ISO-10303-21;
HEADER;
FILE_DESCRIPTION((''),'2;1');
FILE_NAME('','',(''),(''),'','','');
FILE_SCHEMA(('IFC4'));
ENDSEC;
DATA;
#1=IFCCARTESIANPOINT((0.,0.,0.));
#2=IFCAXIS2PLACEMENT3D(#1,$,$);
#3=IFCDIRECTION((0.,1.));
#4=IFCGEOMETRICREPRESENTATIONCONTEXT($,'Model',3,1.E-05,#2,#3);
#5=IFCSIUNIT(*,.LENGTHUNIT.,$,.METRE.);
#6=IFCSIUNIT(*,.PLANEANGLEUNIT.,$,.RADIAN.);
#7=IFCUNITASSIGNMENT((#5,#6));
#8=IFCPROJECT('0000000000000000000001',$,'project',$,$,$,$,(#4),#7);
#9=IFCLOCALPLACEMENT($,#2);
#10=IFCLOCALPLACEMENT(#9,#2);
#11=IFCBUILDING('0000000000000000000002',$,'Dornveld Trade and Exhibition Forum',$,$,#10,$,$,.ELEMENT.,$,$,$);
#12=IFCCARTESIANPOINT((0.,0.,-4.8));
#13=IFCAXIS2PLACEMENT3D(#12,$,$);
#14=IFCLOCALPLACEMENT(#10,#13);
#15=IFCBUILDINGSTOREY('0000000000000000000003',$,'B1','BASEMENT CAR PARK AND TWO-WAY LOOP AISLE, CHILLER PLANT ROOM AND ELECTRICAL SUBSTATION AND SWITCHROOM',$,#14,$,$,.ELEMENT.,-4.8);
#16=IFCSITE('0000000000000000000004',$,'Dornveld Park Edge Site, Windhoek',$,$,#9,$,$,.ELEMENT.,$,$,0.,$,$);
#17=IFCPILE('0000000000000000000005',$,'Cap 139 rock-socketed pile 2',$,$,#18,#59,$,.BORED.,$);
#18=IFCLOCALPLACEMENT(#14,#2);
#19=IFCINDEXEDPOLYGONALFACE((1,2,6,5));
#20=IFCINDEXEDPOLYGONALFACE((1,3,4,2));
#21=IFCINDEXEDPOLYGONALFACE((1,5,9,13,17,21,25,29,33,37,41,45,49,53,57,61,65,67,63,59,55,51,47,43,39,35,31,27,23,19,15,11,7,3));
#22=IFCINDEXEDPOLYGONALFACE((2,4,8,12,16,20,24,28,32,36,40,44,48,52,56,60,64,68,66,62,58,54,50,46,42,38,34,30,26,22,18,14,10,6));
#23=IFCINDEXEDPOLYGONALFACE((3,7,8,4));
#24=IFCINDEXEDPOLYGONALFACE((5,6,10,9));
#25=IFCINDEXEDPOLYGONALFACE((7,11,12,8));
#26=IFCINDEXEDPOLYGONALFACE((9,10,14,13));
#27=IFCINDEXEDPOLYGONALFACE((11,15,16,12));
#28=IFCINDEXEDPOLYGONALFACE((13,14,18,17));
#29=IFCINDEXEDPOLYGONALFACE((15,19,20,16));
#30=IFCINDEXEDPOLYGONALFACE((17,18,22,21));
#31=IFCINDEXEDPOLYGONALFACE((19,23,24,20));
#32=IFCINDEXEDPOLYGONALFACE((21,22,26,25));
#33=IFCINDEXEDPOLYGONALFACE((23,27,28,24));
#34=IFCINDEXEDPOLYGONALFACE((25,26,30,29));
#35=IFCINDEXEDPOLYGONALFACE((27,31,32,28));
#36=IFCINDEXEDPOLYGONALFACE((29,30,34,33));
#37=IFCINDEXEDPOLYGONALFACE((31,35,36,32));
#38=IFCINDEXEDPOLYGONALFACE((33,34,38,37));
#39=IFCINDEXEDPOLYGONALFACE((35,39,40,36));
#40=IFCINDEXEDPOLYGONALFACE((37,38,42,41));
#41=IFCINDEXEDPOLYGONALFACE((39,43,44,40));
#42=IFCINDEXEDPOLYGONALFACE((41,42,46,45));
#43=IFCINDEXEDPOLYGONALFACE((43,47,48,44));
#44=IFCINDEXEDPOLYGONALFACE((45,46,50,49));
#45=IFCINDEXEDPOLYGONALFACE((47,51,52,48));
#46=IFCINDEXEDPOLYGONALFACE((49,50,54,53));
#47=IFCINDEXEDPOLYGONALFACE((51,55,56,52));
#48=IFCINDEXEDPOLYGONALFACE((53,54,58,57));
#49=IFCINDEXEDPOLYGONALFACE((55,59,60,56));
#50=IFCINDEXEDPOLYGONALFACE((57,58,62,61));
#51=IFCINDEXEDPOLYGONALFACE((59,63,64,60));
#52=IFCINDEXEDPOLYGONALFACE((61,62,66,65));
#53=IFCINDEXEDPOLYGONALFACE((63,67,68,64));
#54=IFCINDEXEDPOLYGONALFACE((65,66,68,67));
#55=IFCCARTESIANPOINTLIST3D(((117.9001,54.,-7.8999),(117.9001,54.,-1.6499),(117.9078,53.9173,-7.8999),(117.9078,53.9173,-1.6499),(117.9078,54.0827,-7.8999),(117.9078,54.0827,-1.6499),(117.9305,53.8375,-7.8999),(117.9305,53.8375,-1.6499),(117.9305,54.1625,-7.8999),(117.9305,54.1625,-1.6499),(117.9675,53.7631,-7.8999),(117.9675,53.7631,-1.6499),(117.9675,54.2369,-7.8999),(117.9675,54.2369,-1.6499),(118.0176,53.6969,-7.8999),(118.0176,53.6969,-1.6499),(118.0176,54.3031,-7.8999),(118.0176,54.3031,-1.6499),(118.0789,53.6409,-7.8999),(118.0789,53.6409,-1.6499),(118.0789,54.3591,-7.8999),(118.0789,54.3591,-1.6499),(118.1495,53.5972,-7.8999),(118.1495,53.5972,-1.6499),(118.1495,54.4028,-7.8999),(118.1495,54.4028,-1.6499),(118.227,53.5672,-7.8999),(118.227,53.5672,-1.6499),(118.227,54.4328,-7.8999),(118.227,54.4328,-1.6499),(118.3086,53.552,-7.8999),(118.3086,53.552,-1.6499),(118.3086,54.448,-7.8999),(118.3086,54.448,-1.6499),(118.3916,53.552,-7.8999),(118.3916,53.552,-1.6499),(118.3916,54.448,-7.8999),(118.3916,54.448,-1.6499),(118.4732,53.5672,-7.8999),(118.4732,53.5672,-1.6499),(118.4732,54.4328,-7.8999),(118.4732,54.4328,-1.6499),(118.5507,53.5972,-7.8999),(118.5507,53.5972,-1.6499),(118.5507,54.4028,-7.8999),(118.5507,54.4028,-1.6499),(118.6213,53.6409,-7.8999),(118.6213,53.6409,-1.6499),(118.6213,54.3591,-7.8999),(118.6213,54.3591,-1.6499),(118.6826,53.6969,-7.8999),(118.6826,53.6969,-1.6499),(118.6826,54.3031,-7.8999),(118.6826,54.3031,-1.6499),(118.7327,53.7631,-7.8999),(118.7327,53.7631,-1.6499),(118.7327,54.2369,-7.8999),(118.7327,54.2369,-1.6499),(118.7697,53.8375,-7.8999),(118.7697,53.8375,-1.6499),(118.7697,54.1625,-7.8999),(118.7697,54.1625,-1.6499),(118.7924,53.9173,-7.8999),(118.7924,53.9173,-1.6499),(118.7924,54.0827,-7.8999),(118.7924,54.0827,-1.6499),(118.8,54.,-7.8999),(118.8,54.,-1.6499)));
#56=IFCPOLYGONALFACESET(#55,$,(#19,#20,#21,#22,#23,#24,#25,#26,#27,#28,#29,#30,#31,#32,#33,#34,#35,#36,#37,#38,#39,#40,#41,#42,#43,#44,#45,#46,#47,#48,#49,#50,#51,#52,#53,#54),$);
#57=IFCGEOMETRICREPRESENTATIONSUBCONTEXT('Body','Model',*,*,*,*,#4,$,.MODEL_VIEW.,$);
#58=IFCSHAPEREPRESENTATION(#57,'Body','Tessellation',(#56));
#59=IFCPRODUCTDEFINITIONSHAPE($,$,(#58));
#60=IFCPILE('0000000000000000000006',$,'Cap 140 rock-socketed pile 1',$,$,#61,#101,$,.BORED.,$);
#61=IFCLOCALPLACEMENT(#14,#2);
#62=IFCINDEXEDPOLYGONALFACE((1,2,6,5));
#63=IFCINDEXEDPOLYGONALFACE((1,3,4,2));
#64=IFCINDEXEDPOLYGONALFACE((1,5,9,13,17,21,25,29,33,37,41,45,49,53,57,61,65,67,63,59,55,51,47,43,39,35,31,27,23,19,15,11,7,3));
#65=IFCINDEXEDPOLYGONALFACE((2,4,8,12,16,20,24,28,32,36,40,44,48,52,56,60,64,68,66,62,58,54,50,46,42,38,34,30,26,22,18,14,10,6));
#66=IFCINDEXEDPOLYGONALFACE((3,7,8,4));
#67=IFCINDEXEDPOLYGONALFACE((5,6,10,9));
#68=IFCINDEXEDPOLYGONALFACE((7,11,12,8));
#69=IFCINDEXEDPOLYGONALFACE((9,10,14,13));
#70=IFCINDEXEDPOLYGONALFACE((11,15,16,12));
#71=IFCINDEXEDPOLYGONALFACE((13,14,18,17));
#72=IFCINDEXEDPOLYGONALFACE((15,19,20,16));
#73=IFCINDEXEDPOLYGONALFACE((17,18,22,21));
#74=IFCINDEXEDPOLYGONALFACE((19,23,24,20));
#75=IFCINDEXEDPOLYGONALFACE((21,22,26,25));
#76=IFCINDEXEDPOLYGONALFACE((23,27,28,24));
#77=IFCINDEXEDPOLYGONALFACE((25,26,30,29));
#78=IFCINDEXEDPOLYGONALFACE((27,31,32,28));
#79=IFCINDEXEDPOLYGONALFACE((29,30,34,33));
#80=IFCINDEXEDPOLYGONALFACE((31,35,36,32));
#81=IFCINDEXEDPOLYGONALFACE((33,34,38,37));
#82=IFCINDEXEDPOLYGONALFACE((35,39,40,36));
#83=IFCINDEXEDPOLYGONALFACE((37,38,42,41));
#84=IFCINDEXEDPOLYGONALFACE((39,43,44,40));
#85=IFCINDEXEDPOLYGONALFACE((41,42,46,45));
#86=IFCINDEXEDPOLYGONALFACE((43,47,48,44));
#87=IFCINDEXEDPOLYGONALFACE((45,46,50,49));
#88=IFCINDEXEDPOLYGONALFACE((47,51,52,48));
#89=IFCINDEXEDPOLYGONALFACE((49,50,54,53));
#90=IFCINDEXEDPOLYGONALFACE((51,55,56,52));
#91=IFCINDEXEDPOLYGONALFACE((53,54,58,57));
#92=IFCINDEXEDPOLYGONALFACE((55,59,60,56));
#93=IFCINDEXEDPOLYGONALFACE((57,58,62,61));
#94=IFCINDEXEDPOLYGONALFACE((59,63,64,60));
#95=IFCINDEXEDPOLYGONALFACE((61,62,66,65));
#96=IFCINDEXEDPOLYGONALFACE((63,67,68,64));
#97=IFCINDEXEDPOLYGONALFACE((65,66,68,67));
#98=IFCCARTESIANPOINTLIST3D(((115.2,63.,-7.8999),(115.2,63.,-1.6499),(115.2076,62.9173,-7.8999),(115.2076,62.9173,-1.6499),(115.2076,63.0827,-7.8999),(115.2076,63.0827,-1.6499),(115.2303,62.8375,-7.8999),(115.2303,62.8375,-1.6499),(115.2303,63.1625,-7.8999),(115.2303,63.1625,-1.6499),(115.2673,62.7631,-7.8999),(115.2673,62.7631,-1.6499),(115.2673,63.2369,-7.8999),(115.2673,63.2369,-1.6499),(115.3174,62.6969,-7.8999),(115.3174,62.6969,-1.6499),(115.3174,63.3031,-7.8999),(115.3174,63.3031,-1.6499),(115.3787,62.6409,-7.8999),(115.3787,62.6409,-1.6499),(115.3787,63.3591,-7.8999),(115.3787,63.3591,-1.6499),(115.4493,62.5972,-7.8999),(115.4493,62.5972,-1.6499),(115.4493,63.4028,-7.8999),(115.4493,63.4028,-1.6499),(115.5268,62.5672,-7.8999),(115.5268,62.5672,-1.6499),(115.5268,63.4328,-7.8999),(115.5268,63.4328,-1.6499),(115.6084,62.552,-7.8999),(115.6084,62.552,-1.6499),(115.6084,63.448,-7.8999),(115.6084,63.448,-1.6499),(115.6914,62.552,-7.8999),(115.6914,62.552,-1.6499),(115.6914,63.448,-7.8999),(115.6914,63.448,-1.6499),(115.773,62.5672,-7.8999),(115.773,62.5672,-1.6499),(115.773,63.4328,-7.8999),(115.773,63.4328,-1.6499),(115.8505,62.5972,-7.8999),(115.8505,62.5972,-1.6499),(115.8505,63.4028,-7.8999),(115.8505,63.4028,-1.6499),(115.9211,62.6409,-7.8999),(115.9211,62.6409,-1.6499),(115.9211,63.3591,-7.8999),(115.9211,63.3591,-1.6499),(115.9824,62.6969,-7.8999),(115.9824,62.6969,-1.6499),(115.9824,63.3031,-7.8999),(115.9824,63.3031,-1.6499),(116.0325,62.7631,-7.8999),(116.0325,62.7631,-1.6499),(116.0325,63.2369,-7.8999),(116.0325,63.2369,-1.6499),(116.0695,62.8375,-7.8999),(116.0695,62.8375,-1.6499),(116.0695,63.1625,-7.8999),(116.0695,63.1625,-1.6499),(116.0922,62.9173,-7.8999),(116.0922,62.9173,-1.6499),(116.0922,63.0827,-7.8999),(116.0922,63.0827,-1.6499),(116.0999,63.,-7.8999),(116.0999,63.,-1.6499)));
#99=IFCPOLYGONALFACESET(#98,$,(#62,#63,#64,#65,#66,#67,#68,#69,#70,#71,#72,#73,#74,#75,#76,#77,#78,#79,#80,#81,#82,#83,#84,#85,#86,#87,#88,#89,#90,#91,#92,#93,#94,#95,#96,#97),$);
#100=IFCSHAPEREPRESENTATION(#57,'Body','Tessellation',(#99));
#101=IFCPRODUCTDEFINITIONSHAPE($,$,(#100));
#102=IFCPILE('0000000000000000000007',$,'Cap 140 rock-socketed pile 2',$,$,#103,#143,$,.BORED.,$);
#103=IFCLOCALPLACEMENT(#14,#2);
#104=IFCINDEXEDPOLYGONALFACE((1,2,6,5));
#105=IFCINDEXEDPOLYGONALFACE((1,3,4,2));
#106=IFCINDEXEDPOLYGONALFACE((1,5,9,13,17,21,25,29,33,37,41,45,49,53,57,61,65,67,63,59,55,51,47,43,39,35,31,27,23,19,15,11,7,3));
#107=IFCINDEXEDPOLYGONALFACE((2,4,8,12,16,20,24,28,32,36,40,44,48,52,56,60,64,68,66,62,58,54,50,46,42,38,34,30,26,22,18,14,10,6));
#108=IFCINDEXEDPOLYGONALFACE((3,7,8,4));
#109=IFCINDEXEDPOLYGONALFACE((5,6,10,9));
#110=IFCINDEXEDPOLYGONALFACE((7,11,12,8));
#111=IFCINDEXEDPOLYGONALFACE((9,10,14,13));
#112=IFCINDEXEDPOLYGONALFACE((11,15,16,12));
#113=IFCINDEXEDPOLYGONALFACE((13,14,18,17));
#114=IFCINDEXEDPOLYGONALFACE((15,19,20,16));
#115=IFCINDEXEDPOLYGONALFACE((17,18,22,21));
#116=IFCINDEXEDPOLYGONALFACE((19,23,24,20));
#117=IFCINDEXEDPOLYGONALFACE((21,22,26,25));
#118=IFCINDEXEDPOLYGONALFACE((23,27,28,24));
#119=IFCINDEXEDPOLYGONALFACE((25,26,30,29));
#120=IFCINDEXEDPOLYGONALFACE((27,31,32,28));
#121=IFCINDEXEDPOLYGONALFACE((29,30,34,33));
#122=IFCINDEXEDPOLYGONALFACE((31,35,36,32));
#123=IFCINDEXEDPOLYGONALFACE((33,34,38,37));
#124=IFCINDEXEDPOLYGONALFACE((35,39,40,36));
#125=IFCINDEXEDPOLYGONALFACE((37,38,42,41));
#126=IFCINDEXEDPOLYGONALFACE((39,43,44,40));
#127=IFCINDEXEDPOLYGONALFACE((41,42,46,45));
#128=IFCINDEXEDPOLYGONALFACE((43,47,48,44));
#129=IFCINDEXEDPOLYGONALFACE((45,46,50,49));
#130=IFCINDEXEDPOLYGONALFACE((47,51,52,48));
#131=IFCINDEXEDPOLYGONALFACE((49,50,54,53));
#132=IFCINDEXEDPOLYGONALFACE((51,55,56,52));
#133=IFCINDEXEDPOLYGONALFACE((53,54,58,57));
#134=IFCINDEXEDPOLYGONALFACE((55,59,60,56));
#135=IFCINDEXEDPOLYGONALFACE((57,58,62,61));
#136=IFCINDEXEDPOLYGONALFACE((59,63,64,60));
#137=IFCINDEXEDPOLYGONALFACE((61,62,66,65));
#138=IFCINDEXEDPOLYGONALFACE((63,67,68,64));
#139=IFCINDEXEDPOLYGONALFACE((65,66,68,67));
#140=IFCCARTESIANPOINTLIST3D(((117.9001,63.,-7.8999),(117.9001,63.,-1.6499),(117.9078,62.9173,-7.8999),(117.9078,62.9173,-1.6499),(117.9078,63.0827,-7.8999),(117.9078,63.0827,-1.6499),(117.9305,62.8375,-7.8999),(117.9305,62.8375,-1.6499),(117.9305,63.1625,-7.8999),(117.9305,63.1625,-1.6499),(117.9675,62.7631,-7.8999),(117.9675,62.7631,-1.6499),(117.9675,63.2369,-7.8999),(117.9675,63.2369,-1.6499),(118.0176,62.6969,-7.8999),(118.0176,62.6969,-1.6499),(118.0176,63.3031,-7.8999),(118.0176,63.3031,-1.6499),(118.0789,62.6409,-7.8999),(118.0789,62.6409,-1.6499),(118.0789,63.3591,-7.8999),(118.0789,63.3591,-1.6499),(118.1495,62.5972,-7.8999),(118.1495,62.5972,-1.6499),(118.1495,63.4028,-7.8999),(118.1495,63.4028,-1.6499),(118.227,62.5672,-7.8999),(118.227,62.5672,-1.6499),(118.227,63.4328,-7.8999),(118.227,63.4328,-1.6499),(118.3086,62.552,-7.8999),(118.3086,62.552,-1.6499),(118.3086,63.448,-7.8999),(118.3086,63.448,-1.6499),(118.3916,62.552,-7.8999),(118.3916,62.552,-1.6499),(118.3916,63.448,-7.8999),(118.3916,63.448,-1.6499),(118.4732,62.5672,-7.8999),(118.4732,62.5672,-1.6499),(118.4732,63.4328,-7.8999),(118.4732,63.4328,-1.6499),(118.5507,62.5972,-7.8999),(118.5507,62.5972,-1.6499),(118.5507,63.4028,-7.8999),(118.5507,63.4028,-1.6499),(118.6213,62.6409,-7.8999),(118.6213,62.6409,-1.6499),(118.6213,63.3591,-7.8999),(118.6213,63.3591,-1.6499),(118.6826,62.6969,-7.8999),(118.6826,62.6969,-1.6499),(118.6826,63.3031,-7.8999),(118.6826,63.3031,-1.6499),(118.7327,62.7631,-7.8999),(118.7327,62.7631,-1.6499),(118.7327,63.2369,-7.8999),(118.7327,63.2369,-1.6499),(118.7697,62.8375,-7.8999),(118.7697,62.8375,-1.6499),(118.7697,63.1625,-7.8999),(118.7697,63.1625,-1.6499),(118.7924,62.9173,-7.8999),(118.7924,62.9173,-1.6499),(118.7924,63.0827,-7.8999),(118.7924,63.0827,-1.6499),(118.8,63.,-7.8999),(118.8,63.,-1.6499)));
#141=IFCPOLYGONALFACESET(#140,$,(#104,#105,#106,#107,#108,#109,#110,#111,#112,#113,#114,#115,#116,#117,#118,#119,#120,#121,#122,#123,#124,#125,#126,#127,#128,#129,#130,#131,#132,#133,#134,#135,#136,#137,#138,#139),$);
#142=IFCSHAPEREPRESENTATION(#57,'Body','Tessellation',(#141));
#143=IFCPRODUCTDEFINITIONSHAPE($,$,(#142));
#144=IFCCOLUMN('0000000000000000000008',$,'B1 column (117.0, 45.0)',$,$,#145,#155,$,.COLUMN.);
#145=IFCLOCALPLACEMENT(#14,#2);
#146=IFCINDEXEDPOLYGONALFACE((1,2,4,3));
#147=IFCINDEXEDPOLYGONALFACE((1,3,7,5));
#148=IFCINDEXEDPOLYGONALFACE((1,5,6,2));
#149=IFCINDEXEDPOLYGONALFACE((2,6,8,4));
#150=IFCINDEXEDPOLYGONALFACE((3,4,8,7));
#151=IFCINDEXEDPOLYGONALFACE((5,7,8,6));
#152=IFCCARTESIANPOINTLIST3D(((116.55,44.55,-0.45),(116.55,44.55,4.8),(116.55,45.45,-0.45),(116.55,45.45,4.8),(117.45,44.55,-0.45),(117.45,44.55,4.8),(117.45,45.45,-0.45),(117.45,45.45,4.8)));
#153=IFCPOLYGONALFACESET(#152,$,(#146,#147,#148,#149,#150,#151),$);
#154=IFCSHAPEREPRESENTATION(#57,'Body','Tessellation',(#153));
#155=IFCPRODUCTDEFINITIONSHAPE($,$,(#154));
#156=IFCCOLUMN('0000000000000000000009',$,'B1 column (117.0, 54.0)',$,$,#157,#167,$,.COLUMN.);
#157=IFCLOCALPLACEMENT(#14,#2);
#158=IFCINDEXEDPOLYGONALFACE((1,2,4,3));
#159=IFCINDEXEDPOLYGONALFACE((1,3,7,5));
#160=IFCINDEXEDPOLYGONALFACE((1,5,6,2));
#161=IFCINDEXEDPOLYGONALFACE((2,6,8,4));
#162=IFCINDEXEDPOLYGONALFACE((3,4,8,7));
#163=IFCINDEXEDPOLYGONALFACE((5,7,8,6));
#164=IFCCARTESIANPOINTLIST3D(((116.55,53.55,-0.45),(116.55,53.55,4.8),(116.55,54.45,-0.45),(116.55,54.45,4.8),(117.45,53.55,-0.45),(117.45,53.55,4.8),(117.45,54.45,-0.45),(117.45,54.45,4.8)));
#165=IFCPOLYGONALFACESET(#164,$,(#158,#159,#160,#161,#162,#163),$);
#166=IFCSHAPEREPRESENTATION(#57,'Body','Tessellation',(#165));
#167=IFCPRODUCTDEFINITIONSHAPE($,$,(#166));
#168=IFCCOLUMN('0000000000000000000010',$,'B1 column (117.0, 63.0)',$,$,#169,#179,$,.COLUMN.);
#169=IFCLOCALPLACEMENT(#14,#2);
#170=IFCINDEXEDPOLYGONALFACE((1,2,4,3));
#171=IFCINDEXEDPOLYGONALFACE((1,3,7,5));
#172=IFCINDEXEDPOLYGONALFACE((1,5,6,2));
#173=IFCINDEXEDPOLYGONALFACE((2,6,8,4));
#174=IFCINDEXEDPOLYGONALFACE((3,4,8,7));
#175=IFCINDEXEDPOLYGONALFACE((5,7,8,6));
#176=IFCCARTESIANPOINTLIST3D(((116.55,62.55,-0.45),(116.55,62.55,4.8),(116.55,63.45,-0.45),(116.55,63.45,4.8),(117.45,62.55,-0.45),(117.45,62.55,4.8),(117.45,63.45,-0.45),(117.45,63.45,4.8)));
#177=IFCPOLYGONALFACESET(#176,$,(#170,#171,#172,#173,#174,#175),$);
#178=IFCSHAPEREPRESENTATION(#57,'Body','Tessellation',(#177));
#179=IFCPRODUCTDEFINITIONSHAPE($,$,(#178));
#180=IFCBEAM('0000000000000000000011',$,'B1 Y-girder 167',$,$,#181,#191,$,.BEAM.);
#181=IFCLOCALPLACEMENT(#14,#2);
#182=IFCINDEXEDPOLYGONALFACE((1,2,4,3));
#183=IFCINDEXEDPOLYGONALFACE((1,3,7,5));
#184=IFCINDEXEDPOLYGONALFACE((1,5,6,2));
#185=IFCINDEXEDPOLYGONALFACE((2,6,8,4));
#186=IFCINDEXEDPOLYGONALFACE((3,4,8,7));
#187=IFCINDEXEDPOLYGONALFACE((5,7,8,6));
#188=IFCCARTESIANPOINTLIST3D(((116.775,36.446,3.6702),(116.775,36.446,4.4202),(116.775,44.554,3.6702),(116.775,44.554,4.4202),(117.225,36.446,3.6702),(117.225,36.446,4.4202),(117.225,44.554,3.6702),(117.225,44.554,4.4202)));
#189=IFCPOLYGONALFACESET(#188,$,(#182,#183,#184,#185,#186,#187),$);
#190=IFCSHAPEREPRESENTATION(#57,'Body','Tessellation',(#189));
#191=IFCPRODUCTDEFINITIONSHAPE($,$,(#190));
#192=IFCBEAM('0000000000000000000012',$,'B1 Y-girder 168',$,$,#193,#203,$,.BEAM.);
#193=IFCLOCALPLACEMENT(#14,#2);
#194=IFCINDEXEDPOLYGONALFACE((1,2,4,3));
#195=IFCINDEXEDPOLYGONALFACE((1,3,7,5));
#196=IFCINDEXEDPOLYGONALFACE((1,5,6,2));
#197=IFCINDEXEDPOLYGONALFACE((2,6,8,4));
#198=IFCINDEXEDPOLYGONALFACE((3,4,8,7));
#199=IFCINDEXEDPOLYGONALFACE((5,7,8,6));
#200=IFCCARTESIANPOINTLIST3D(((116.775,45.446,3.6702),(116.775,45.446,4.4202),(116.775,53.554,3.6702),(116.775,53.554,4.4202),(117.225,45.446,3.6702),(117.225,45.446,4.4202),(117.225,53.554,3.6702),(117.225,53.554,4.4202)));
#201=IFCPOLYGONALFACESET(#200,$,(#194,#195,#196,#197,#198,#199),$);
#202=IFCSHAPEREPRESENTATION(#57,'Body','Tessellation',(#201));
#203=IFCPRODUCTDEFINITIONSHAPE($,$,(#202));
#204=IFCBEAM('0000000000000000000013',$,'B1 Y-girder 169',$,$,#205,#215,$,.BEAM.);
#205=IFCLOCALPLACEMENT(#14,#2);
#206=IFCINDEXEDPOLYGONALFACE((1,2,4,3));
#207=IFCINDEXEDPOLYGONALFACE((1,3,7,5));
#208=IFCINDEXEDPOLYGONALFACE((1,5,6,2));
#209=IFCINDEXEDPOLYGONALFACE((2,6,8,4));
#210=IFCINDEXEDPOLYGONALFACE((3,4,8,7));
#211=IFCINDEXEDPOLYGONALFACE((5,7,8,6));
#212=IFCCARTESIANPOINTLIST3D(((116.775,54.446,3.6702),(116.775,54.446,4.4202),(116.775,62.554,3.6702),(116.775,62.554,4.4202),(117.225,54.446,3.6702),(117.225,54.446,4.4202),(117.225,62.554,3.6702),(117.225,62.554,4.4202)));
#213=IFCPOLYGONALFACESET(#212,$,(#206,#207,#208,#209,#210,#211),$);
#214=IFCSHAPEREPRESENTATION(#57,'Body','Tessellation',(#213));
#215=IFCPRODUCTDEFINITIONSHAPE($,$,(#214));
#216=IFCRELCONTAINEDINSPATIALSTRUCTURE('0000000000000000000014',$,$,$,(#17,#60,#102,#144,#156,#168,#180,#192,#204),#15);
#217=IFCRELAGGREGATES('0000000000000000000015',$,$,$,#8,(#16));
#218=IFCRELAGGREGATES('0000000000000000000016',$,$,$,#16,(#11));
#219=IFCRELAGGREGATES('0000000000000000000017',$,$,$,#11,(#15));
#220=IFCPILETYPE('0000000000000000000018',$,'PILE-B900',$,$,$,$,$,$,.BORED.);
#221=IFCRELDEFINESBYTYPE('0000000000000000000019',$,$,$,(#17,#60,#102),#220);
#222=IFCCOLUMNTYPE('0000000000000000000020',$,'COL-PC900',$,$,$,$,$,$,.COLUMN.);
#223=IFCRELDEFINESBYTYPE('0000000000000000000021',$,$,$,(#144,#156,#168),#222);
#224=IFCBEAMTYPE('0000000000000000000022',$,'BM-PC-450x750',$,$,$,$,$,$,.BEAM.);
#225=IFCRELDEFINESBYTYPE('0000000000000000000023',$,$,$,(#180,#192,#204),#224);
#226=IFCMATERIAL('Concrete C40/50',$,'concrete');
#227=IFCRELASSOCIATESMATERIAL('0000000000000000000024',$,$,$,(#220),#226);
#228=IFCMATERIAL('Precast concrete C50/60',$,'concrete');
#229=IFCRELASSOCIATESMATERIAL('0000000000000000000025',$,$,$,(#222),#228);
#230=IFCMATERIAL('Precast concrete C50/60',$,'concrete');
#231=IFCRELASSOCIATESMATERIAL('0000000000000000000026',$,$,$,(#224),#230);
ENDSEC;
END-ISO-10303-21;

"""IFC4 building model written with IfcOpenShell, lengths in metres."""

from ifc_helpers import new_model, si_unit, direction, frame, origin, origin_2d, place, context, subcontext, project, spatial, rectangle, circle, extrude, material, material_profile, profile_set, type_object, element, save


model = new_model("IFC4")

# Units and contexts
model_context = context("Model", 3, precision=1e-05, world=origin(), true_north=direction((0.0, 1.0)))
body_context = subcontext(model_context, "Body", "Model", "MODEL_VIEW")
ifc_project = project(units=[si_unit("LENGTHUNIT", "METRE"), si_unit("PLANEANGLEUNIT", "RADIAN")], contexts=[model_context])

# Site, building, storey
site_placement = place(None, origin())
site = spatial("IfcSite", under=ifc_project, at=site_placement, Name="Dornveld Park Edge Site, Windhoek", CompositionType="ELEMENT", RefElevation=0.0)
building_placement = place(site_placement, origin())
building = spatial("IfcBuilding", under=site, at=building_placement, Name="Dornveld Trade and Exhibition Forum", CompositionType="ELEMENT")
storey_placement = place(building_placement, frame((0.0, 0.0, -4.8)))
storey = spatial("IfcBuildingStorey", under=building, at=storey_placement, Name="B1", Description="BASEMENT CAR PARK AND TWO-WAY LOOP AISLE, CHILLER PLANT ROOM AND ELECTRICAL SUBSTATION AND SWITCHROOM", CompositionType="ELEMENT", Elevation=-4.8)

# Piles
ifc_material_1 = material(Name="Concrete C40/50", Category="concrete")
ifc_material_profile_1 = material_profile(ifc_material_1, circle(Radius=0.45, at=origin_2d()), Name="PILE D900")
ifc_profile_set_1 = profile_set([ifc_material_profile_1], Name="Concrete C40/50")
pile_type_1 = type_object("IfcPileType", Name="PILE-B900", PredefinedType="BORED", material=ifc_profile_set_1)
for number, where, z_axis, x_axis, name in (
    (1, (118.3501, 54.0, -1.6499), (0.0, 0.0, -1.0), (1.0, 0.0, 0.0), "Cap 139 rock-socketed pile 2"),
    (2, (115.6499, 63.0, -1.6499), (0.0, 0.0, -1.0), (1.0, 0.0, 0.0), "Cap 140 rock-socketed pile 1"),
    (3, (118.3501, 63.0, -1.6499), (0.0, 0.0, -1.0), (1.0, 0.0, 0.0), "Cap 140 rock-socketed pile 2"),
):
    element("IfcPile", number, at=place(storey_placement, frame(where, z_axis=z_axis, x_axis=x_axis)), inside=storey, type_object=pile_type_1, Name=name, PredefinedType="BORED", context=body_context, shape_type="SweptSolid", body=[
        extrude(circle(Radius=0.45, at=origin_2d()), origin(), (0.0, 0.0, 1.0), 6.25),
    ])

# Columns
ifc_material_2 = material(Name="Precast concrete C50/60", Category="concrete")
ifc_material_profile_2 = material_profile(ifc_material_2, rectangle(XDim=0.8999, YDim=0.8999, at=origin_2d()), Name="PC-COL 900x900")
ifc_profile_set_2 = profile_set([ifc_material_profile_2], Name="Precast concrete C50/60")
column_type = type_object("IfcColumnType", Name="COL-PC900", PredefinedType="COLUMN", material=ifc_profile_set_2)
for number, where, z_axis, x_axis, name in (
    (4, (117.0, 45.0, -0.45), (0.0, 0.0, 1.0), (1.0, 0.0, 0.0), "B1 column (117.0, 45.0)"),
    (5, (117.0, 54.0, -0.45), (0.0, 0.0, 1.0), (1.0, 0.0, 0.0), "B1 column (117.0, 54.0)"),
    (6, (117.0, 63.0, -0.45), (0.0, 0.0, 1.0), (1.0, 0.0, 0.0), "B1 column (117.0, 63.0)"),
):
    element("IfcColumn", number, at=place(storey_placement, frame(where, z_axis=z_axis, x_axis=x_axis)), inside=storey, type_object=column_type, Name=name, PredefinedType="COLUMN", context=body_context, shape_type="SweptSolid", body=[
        extrude(rectangle(XDim=0.8999, YDim=0.8999, at=origin_2d()), origin(), (0.0, 0.0, 1.0), 5.25),
    ])

# Beams
ifc_material_3 = material(Name="Precast concrete C50/60", Category="concrete")
ifc_material_profile_3 = material_profile(ifc_material_3, rectangle(XDim=0.45, YDim=0.75, at=origin_2d()), Name="PC-BM 450x750")
ifc_profile_set_3 = profile_set([ifc_material_profile_3], Name="Precast concrete C50/60")
beam_type_1 = type_object("IfcBeamType", Name="BM-PC-450x750", PredefinedType="BEAM", material=ifc_profile_set_3)
for number, where, z_axis, x_axis, name in (
    (7, (117.0, 36.446, 4.0452), (0.0, 1.0, 0.0), (-1.0, 0.0, 0.0), "B1 Y-girder 167"),
    (8, (117.0, 45.446, 4.0452), (0.0, 1.0, 0.0), (-1.0, 0.0, 0.0), "B1 Y-girder 168"),
    (9, (117.0, 54.446, 4.0452), (0.0, 1.0, 0.0), (-1.0, 0.0, 0.0), "B1 Y-girder 169"),
):
    element("IfcBeam", number, at=place(storey_placement, frame(where, z_axis=z_axis, x_axis=x_axis)), inside=storey, type_object=beam_type_1, Name=name, PredefinedType="BEAM", context=body_context, shape_type="SweptSolid", body=[
        extrude(rectangle(XDim=0.45, YDim=0.75, at=origin_2d()), origin(), (0.0, 0.0, 1.0), 8.1079),
    ])

save(model, "model.ifc")
